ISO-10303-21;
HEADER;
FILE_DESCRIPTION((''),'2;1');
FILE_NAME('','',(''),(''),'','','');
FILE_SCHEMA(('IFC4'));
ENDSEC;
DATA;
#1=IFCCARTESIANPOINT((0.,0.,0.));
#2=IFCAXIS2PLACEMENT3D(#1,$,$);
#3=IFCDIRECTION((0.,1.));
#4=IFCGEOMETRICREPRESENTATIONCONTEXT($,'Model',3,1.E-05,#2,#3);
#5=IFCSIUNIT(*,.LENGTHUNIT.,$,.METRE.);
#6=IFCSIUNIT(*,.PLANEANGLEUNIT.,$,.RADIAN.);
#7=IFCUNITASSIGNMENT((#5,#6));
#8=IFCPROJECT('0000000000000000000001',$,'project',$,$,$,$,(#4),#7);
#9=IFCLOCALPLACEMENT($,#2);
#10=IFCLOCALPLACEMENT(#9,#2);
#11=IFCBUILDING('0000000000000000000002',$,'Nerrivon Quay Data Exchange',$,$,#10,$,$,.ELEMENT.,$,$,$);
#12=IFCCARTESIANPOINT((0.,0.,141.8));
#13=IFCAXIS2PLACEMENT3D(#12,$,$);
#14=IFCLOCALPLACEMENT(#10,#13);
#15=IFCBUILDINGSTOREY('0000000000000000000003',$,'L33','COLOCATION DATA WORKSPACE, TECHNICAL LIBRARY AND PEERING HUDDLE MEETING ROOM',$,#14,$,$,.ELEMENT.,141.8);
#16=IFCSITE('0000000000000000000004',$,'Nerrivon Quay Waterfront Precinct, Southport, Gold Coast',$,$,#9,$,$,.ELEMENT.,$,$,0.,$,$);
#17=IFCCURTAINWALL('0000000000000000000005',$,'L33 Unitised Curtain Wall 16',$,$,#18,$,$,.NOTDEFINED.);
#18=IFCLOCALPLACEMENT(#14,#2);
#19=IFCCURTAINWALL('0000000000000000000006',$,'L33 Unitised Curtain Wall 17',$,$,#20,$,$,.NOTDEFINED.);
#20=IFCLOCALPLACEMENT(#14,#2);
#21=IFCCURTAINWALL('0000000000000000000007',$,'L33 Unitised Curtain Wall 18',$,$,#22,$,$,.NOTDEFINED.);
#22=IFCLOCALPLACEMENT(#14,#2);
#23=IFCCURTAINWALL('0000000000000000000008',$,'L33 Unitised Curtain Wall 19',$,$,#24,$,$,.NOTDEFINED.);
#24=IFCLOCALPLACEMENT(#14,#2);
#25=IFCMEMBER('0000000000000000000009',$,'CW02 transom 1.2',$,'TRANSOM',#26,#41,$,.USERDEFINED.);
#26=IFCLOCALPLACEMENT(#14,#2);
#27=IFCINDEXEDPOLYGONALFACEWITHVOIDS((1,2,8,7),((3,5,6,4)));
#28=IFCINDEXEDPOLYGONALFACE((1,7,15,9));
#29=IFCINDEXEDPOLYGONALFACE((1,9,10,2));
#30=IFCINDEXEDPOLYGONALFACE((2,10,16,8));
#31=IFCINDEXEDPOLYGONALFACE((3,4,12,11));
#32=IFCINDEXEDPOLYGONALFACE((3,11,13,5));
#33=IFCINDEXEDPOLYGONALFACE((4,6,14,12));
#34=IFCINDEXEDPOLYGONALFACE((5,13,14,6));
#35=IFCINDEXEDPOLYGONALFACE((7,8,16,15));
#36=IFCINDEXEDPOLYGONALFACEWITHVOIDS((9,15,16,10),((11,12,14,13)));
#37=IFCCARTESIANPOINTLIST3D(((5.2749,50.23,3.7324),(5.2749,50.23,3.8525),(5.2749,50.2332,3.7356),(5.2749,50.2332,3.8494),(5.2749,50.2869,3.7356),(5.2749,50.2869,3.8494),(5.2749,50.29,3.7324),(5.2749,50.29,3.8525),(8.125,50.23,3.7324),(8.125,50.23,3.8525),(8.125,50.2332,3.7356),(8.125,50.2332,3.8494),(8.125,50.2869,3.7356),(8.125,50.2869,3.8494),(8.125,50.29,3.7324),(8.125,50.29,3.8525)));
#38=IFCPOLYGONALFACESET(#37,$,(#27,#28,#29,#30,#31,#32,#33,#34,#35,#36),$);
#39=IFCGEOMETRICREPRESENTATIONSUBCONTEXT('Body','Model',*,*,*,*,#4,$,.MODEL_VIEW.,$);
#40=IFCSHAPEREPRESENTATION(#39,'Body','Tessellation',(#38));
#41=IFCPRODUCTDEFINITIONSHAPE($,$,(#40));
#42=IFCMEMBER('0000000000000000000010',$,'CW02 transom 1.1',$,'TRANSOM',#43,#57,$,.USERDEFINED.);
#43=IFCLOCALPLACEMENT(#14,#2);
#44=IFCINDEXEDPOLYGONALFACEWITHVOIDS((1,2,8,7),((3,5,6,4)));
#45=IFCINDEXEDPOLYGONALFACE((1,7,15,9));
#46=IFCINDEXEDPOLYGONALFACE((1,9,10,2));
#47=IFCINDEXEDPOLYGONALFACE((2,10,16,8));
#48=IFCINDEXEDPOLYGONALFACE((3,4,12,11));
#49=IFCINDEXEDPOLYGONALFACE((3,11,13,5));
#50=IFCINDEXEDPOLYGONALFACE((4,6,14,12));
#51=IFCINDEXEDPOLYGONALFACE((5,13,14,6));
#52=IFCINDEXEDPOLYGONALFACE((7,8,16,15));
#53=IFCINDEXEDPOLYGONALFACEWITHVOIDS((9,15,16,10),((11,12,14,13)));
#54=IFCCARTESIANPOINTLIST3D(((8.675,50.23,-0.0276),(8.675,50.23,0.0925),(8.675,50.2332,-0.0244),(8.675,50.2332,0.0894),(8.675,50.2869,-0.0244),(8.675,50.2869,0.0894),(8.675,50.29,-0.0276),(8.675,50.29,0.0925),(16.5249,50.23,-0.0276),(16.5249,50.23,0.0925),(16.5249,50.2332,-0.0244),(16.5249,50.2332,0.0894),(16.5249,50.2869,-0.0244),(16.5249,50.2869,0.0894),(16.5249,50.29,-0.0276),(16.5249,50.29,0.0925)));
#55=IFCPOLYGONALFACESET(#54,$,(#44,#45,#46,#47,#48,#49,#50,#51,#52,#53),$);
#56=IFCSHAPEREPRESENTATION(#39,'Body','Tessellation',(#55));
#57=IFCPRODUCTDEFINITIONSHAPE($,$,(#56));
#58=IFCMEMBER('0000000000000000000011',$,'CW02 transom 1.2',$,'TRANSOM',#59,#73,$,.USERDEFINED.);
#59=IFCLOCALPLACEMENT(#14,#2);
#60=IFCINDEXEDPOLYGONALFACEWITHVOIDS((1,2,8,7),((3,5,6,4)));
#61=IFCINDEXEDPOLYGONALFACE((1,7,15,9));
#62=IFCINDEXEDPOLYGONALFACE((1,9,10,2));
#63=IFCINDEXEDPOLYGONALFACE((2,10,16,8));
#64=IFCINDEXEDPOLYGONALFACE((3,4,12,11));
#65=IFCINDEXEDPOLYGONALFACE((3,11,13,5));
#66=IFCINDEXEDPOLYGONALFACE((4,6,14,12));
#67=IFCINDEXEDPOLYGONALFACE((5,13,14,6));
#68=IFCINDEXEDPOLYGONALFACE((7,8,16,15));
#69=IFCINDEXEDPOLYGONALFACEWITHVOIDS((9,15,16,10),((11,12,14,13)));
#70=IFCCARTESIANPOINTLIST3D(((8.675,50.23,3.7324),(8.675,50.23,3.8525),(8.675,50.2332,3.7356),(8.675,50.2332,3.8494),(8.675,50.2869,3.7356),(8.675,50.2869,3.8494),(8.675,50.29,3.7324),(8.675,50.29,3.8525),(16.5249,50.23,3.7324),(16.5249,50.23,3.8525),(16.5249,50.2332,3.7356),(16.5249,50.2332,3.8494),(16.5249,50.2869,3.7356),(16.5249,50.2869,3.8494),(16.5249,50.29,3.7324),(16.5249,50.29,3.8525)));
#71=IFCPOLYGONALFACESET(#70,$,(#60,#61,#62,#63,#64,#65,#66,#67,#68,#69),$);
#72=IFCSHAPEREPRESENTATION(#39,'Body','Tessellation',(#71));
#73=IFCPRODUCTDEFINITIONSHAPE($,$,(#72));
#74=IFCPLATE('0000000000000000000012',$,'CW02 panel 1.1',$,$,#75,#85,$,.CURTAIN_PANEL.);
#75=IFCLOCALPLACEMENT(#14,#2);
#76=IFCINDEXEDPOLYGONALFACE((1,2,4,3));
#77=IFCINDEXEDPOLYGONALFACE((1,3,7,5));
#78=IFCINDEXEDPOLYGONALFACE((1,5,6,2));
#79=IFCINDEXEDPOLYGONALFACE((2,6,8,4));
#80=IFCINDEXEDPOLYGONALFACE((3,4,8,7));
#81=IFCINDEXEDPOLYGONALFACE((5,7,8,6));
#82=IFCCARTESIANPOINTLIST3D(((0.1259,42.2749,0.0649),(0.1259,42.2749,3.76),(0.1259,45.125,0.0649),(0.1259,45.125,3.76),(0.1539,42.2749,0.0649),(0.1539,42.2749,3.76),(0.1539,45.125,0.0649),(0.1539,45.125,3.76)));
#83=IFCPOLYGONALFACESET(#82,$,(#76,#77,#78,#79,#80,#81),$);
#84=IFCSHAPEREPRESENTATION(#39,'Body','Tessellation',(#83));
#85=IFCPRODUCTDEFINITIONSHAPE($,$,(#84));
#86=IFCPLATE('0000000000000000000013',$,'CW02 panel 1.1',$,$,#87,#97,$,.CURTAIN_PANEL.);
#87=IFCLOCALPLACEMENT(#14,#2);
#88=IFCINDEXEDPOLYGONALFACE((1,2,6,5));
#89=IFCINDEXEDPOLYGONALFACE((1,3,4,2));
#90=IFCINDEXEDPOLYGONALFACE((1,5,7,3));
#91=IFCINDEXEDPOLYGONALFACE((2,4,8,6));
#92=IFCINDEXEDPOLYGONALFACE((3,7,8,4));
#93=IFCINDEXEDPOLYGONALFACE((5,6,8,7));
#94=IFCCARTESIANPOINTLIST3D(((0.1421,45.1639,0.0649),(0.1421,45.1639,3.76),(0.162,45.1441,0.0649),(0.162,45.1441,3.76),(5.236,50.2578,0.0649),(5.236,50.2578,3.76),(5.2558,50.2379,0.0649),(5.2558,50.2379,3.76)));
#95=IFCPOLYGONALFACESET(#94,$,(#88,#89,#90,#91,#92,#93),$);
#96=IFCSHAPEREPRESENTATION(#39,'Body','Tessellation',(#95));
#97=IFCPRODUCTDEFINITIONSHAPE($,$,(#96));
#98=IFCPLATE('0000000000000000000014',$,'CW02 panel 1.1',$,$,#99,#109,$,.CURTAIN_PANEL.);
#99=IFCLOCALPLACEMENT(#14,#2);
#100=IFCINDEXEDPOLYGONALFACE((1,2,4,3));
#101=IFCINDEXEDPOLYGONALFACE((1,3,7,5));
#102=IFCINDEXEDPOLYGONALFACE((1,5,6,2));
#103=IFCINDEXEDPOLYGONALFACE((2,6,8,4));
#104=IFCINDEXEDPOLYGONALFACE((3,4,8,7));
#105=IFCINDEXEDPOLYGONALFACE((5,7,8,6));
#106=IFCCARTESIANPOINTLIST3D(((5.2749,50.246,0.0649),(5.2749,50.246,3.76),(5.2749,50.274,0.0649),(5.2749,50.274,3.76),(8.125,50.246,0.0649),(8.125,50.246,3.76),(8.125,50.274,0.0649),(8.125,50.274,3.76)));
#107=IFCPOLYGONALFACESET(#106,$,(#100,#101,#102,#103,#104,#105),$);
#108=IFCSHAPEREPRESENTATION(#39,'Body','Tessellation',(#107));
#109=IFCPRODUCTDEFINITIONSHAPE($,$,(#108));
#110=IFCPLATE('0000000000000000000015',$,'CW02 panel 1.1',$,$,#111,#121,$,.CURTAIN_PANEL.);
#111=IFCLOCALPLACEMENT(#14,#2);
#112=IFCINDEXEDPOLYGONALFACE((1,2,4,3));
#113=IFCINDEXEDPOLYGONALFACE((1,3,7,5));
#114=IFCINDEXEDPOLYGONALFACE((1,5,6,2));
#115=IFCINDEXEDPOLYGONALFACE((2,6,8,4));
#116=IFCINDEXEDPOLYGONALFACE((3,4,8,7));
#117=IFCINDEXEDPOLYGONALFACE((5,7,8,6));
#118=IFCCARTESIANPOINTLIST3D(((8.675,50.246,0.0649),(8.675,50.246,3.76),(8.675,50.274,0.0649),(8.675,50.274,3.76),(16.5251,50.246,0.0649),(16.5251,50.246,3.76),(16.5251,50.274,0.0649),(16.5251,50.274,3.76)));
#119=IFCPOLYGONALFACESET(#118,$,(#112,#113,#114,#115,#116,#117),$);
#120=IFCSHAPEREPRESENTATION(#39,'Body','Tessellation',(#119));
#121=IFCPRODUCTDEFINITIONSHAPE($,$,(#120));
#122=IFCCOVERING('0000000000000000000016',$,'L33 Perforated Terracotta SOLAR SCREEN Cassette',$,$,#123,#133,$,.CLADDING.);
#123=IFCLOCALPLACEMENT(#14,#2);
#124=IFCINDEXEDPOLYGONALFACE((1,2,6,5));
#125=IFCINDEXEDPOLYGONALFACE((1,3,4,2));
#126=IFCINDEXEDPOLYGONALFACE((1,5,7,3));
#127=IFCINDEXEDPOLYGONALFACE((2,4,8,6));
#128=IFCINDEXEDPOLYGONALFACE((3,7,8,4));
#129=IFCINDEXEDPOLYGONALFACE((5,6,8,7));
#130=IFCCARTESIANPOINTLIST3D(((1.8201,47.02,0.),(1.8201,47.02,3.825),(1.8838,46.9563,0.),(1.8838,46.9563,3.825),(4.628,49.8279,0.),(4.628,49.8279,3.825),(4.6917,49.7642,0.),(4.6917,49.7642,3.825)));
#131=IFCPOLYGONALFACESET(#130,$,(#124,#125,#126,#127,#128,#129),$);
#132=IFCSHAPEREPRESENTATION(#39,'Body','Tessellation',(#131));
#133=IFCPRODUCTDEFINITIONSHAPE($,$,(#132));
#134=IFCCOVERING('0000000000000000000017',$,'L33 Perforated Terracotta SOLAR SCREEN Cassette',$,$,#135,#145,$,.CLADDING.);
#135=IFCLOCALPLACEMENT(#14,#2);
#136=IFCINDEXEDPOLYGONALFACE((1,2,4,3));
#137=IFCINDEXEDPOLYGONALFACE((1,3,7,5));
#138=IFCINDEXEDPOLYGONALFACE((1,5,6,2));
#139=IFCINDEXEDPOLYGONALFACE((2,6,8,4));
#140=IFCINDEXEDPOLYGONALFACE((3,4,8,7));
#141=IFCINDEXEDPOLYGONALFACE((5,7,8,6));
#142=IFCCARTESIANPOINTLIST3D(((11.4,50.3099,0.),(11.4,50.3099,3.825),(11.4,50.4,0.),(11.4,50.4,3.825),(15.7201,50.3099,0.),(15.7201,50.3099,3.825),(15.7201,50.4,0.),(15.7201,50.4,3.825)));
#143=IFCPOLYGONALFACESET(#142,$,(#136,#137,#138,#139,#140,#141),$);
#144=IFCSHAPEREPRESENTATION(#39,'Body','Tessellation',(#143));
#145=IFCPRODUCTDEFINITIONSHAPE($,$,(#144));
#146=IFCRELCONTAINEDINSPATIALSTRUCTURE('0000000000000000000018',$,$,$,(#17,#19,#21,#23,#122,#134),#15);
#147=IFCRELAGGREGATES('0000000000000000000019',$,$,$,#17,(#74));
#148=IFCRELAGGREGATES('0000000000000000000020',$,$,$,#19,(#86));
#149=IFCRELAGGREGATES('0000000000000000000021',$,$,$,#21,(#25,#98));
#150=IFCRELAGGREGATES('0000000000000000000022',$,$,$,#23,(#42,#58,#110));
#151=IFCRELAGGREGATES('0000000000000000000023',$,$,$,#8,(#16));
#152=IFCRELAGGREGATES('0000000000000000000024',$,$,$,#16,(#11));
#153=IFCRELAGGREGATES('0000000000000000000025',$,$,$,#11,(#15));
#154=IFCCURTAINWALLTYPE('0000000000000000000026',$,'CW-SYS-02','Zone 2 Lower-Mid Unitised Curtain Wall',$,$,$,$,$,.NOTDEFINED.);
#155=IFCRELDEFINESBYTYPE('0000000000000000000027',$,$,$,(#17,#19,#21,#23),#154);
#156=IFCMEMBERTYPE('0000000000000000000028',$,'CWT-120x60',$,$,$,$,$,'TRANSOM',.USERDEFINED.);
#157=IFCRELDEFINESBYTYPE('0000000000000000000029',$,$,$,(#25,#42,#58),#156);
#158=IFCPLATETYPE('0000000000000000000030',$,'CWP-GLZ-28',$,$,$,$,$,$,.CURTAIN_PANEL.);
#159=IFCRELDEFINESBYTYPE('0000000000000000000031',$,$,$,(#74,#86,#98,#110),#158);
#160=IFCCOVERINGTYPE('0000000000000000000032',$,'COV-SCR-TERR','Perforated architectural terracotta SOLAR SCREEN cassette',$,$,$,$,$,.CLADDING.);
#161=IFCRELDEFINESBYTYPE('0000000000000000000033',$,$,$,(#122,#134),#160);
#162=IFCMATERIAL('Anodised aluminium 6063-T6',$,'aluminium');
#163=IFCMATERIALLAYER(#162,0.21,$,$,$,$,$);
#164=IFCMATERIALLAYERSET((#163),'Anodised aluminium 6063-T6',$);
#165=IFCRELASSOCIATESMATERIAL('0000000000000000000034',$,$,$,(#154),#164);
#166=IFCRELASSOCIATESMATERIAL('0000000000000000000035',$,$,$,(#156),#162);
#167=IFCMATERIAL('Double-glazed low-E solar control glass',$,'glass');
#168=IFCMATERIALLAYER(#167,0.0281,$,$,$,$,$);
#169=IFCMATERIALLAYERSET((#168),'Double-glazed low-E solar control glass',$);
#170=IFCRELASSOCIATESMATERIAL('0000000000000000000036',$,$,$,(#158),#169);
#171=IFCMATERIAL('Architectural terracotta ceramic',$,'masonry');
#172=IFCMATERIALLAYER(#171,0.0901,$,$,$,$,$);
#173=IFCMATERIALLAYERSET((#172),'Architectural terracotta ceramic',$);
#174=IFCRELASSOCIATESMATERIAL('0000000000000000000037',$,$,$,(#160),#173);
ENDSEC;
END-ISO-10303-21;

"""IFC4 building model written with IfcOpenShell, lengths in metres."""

from ifc_helpers import new_model, si_unit, direction, frame, origin, origin_2d, place, context, subcontext, project, spatial, rectangle, hollow_rectangle, extrude, material, layer, layer_set, material_profile, profile_set, type_object, element, aggregate, save


model = new_model("IFC4")

# Units and contexts
model_context = context("Model", 3, precision=1e-05, world=origin(), true_north=direction((0.0, 1.0)))
body_context = subcontext(model_context, "Body", "Model", "MODEL_VIEW")
ifc_project = project(units=[si_unit("LENGTHUNIT", "METRE"), si_unit("PLANEANGLEUNIT", "RADIAN")], contexts=[model_context])

# Site, building, storey
site_placement = place(None, origin())
site = spatial("IfcSite", under=ifc_project, at=site_placement, Name="Nerrivon Quay Waterfront Precinct, Southport, Gold Coast", CompositionType="ELEMENT", RefElevation=0.0)
building_placement = place(site_placement, origin())
building = spatial("IfcBuilding", under=site, at=building_placement, Name="Nerrivon Quay Data Exchange", CompositionType="ELEMENT")
storey_placement = place(building_placement, frame((0.0, 0.0, 141.8)))
storey = spatial("IfcBuildingStorey", under=building, at=storey_placement, Name="L33", Description="COLOCATION DATA WORKSPACE, TECHNICAL LIBRARY AND PEERING HUDDLE MEETING ROOM", CompositionType="ELEMENT", Elevation=141.8)

# Curtain walls
ifc_material_1 = material(Name="Anodised aluminium 6063-T6", Category="aluminium")
ifc_layer_1 = layer(ifc_material_1, 0.21)
ifc_layer_set_1 = layer_set([ifc_layer_1], Name="Anodised aluminium 6063-T6")
curtain_wall_type = type_object("IfcCurtainWallType", Name="CW-SYS-02", Description="Zone 2 Lower-Mid Unitised Curtain Wall", PredefinedType="NOTDEFINED", material=ifc_layer_set_1)
curtain_wall_1_placement = place(storey_placement, origin())
curtain_wall_1 = element("IfcCurtainWall", 1, at=curtain_wall_1_placement, inside=storey, type_object=curtain_wall_type, Name="L33 Unitised Curtain Wall 16", PredefinedType="NOTDEFINED")
curtain_wall_2_placement = place(storey_placement, origin())
curtain_wall_2 = element("IfcCurtainWall", 2, at=curtain_wall_2_placement, inside=storey, type_object=curtain_wall_type, Name="L33 Unitised Curtain Wall 17", PredefinedType="NOTDEFINED")
curtain_wall_3_placement = place(storey_placement, origin())
curtain_wall_3 = element("IfcCurtainWall", 3, at=curtain_wall_3_placement, inside=storey, type_object=curtain_wall_type, Name="L33 Unitised Curtain Wall 18", PredefinedType="NOTDEFINED")

# Curtain wall
curtain_wall_4_placement = place(storey_placement, origin())
curtain_wall_4 = element("IfcCurtainWall", 4, at=curtain_wall_4_placement, inside=storey, type_object=curtain_wall_type, Name="L33 Unitised Curtain Wall 19", PredefinedType="NOTDEFINED")

# Members
ifc_material_profile_1 = material_profile(ifc_material_1, hollow_rectangle(XDim=0.0601, YDim=0.1201, WallThickness=0.0032, at=origin_2d()), Name="ALU-TRAN-120x60")
ifc_profile_set_1 = profile_set([ifc_material_profile_1], Name="Anodised aluminium 6063-T6")
member_type_1 = type_object("IfcMemberType", Name="CWT-120x60", ElementType="TRANSOM", PredefinedType="USERDEFINED", material=ifc_profile_set_1)
member_1_placement = place(storey_placement, frame((5.2749, 50.26, 3.7925), z_axis=(1.0, 0.0, 0.0), x_axis=(0.0, 1.0, 0.0)))
member_1 = element("IfcMember", 5, at=member_1_placement, type_object=member_type_1, Name="CW02 transom 1.2", ObjectType="TRANSOM", PredefinedType="USERDEFINED", context=body_context, shape_type="SweptSolid", body=[
    extrude(hollow_rectangle(XDim=0.0601, YDim=0.1201, WallThickness=0.0032, at=origin_2d()), origin(), (0.0, 0.0, 1.0), 2.8501),
])
member_2_placement = place(storey_placement, frame((8.675, 50.26, 0.0325), z_axis=(1.0, 0.0, 0.0), x_axis=(0.0, 1.0, 0.0)))
member_2 = element("IfcMember", 6, at=member_2_placement, type_object=member_type_1, Name="CW02 transom 1.1", ObjectType="TRANSOM", PredefinedType="USERDEFINED", context=body_context, shape_type="SweptSolid", body=[
    extrude(hollow_rectangle(XDim=0.0601, YDim=0.1201, WallThickness=0.0032, at=origin_2d()), origin(), (0.0, 0.0, 1.0), 7.8499),
])
member_3_placement = place(storey_placement, frame((8.675, 50.26, 3.7925), z_axis=(1.0, 0.0, 0.0), x_axis=(0.0, 1.0, 0.0)))
member_3 = element("IfcMember", 7, at=member_3_placement, type_object=member_type_1, Name="CW02 transom 1.2", ObjectType="TRANSOM", PredefinedType="USERDEFINED", context=body_context, shape_type="SweptSolid", body=[
    extrude(hollow_rectangle(XDim=0.0601, YDim=0.1201, WallThickness=0.0032, at=origin_2d()), origin(), (0.0, 0.0, 1.0), 7.8499),
])

# Plates
ifc_material_2 = material(Name="Double-glazed low-E solar control glass", Category="glass")
ifc_layer_2 = layer(ifc_material_2, 0.0281)
ifc_layer_set_2 = layer_set([ifc_layer_2], Name="Double-glazed low-E solar control glass")
plate_type = type_object("IfcPlateType", Name="CWP-GLZ-28", PredefinedType="CURTAIN_PANEL", material=ifc_layer_set_2)
plate_1_placement = place(storey_placement, frame((0.1399, 43.7, 0.0649), z_axis=(0.0, 0.0, 1.0), x_axis=(0.0, 1.0, 0.0)))
plate_1 = element("IfcPlate", 8, at=plate_1_placement, type_object=plate_type, Name="CW02 panel 1.1", PredefinedType="CURTAIN_PANEL", context=body_context, shape_type="SweptSolid", body=[
    extrude(rectangle(XDim=2.8501, YDim=0.0281, at=origin_2d()), origin(), (0.0, 0.0, 1.0), 3.6951),
])
aggregate(curtain_wall_1, [plate_1])
plate_2_placement = place(storey_placement, frame((2.699, 47.7009, 0.0649), z_axis=(0.0, 0.0, 1.0), x_axis=(0.707107, 0.707107, 0.0)))
plate_2 = element("IfcPlate", 9, at=plate_2_placement, type_object=plate_type, Name="CW02 panel 1.1", PredefinedType="CURTAIN_PANEL", context=body_context, shape_type="SweptSolid", body=[
    extrude(rectangle(XDim=7.2039, YDim=0.0281, at=origin_2d()), origin(), (0.0, 0.0, 1.0), 3.6951),
])
aggregate(curtain_wall_2, [plate_2])
plate_3_placement = place(storey_placement, frame((6.7, 50.26, 0.0649), z_axis=(0.0, 0.0, 1.0), x_axis=(1.0, 0.0, 0.0)))
plate_3 = element("IfcPlate", 10, at=plate_3_placement, type_object=plate_type, Name="CW02 panel 1.1", PredefinedType="CURTAIN_PANEL", context=body_context, shape_type="SweptSolid", body=[
    extrude(rectangle(XDim=2.8501, YDim=0.0281, at=origin_2d()), origin(), (0.0, 0.0, 1.0), 3.6951),
])
aggregate(curtain_wall_3, [member_1, plate_3])
plate_4_placement = place(storey_placement, frame((12.6001, 50.26, 0.0649), z_axis=(0.0, 0.0, 1.0), x_axis=(1.0, 0.0, 0.0)))
plate_4 = element("IfcPlate", 11, at=plate_4_placement, type_object=plate_type, Name="CW02 panel 1.1", PredefinedType="CURTAIN_PANEL", context=body_context, shape_type="SweptSolid", body=[
    extrude(rectangle(XDim=7.8501, YDim=0.0281, at=origin_2d()), origin(), (0.0, 0.0, 1.0), 3.6951),
])
aggregate(curtain_wall_4, [member_2, member_3, plate_4])

# Coverings
ifc_material_3 = material(Name="Architectural terracotta ceramic", Category="masonry")
ifc_layer_3 = layer(ifc_material_3, 0.0901)
ifc_layer_set_3 = layer_set([ifc_layer_3], Name="Architectural terracotta ceramic")
covering_type = type_object("IfcCoveringType", Name="COV-SCR-TERR", Description="Perforated architectural terracotta SOLAR SCREEN cassette", PredefinedType="CLADDING", material=ifc_layer_set_3)
covering_1_placement = place(storey_placement, frame((3.2559, 48.3921, 0.0), z_axis=(0.0, 0.0, 1.0), x_axis=(0.707107, 0.707107, 0.0)))
element("IfcCovering", 12, at=covering_1_placement, inside=storey, type_object=covering_type, Name="L33 Perforated Terracotta SOLAR SCREEN Cassette", PredefinedType="CLADDING", context=body_context, shape_type="SweptSolid", body=[
    extrude(rectangle(XDim=3.9709, YDim=0.0901, at=origin_2d()), origin(), (0.0, 0.0, 1.0), 3.825),
])
covering_2_placement = place(storey_placement, frame((13.5601, 50.355, 0.0), z_axis=(0.0, 0.0, 1.0), x_axis=(1.0, 0.0, 0.0)))
element("IfcCovering", 13, at=covering_2_placement, inside=storey, type_object=covering_type, Name="L33 Perforated Terracotta SOLAR SCREEN Cassette", PredefinedType="CLADDING", context=body_context, shape_type="SweptSolid", body=[
    extrude(rectangle(XDim=4.3201, YDim=0.0901, at=origin_2d()), origin(), (0.0, 0.0, 1.0), 3.825),
])

save(model, "model.ifc")
